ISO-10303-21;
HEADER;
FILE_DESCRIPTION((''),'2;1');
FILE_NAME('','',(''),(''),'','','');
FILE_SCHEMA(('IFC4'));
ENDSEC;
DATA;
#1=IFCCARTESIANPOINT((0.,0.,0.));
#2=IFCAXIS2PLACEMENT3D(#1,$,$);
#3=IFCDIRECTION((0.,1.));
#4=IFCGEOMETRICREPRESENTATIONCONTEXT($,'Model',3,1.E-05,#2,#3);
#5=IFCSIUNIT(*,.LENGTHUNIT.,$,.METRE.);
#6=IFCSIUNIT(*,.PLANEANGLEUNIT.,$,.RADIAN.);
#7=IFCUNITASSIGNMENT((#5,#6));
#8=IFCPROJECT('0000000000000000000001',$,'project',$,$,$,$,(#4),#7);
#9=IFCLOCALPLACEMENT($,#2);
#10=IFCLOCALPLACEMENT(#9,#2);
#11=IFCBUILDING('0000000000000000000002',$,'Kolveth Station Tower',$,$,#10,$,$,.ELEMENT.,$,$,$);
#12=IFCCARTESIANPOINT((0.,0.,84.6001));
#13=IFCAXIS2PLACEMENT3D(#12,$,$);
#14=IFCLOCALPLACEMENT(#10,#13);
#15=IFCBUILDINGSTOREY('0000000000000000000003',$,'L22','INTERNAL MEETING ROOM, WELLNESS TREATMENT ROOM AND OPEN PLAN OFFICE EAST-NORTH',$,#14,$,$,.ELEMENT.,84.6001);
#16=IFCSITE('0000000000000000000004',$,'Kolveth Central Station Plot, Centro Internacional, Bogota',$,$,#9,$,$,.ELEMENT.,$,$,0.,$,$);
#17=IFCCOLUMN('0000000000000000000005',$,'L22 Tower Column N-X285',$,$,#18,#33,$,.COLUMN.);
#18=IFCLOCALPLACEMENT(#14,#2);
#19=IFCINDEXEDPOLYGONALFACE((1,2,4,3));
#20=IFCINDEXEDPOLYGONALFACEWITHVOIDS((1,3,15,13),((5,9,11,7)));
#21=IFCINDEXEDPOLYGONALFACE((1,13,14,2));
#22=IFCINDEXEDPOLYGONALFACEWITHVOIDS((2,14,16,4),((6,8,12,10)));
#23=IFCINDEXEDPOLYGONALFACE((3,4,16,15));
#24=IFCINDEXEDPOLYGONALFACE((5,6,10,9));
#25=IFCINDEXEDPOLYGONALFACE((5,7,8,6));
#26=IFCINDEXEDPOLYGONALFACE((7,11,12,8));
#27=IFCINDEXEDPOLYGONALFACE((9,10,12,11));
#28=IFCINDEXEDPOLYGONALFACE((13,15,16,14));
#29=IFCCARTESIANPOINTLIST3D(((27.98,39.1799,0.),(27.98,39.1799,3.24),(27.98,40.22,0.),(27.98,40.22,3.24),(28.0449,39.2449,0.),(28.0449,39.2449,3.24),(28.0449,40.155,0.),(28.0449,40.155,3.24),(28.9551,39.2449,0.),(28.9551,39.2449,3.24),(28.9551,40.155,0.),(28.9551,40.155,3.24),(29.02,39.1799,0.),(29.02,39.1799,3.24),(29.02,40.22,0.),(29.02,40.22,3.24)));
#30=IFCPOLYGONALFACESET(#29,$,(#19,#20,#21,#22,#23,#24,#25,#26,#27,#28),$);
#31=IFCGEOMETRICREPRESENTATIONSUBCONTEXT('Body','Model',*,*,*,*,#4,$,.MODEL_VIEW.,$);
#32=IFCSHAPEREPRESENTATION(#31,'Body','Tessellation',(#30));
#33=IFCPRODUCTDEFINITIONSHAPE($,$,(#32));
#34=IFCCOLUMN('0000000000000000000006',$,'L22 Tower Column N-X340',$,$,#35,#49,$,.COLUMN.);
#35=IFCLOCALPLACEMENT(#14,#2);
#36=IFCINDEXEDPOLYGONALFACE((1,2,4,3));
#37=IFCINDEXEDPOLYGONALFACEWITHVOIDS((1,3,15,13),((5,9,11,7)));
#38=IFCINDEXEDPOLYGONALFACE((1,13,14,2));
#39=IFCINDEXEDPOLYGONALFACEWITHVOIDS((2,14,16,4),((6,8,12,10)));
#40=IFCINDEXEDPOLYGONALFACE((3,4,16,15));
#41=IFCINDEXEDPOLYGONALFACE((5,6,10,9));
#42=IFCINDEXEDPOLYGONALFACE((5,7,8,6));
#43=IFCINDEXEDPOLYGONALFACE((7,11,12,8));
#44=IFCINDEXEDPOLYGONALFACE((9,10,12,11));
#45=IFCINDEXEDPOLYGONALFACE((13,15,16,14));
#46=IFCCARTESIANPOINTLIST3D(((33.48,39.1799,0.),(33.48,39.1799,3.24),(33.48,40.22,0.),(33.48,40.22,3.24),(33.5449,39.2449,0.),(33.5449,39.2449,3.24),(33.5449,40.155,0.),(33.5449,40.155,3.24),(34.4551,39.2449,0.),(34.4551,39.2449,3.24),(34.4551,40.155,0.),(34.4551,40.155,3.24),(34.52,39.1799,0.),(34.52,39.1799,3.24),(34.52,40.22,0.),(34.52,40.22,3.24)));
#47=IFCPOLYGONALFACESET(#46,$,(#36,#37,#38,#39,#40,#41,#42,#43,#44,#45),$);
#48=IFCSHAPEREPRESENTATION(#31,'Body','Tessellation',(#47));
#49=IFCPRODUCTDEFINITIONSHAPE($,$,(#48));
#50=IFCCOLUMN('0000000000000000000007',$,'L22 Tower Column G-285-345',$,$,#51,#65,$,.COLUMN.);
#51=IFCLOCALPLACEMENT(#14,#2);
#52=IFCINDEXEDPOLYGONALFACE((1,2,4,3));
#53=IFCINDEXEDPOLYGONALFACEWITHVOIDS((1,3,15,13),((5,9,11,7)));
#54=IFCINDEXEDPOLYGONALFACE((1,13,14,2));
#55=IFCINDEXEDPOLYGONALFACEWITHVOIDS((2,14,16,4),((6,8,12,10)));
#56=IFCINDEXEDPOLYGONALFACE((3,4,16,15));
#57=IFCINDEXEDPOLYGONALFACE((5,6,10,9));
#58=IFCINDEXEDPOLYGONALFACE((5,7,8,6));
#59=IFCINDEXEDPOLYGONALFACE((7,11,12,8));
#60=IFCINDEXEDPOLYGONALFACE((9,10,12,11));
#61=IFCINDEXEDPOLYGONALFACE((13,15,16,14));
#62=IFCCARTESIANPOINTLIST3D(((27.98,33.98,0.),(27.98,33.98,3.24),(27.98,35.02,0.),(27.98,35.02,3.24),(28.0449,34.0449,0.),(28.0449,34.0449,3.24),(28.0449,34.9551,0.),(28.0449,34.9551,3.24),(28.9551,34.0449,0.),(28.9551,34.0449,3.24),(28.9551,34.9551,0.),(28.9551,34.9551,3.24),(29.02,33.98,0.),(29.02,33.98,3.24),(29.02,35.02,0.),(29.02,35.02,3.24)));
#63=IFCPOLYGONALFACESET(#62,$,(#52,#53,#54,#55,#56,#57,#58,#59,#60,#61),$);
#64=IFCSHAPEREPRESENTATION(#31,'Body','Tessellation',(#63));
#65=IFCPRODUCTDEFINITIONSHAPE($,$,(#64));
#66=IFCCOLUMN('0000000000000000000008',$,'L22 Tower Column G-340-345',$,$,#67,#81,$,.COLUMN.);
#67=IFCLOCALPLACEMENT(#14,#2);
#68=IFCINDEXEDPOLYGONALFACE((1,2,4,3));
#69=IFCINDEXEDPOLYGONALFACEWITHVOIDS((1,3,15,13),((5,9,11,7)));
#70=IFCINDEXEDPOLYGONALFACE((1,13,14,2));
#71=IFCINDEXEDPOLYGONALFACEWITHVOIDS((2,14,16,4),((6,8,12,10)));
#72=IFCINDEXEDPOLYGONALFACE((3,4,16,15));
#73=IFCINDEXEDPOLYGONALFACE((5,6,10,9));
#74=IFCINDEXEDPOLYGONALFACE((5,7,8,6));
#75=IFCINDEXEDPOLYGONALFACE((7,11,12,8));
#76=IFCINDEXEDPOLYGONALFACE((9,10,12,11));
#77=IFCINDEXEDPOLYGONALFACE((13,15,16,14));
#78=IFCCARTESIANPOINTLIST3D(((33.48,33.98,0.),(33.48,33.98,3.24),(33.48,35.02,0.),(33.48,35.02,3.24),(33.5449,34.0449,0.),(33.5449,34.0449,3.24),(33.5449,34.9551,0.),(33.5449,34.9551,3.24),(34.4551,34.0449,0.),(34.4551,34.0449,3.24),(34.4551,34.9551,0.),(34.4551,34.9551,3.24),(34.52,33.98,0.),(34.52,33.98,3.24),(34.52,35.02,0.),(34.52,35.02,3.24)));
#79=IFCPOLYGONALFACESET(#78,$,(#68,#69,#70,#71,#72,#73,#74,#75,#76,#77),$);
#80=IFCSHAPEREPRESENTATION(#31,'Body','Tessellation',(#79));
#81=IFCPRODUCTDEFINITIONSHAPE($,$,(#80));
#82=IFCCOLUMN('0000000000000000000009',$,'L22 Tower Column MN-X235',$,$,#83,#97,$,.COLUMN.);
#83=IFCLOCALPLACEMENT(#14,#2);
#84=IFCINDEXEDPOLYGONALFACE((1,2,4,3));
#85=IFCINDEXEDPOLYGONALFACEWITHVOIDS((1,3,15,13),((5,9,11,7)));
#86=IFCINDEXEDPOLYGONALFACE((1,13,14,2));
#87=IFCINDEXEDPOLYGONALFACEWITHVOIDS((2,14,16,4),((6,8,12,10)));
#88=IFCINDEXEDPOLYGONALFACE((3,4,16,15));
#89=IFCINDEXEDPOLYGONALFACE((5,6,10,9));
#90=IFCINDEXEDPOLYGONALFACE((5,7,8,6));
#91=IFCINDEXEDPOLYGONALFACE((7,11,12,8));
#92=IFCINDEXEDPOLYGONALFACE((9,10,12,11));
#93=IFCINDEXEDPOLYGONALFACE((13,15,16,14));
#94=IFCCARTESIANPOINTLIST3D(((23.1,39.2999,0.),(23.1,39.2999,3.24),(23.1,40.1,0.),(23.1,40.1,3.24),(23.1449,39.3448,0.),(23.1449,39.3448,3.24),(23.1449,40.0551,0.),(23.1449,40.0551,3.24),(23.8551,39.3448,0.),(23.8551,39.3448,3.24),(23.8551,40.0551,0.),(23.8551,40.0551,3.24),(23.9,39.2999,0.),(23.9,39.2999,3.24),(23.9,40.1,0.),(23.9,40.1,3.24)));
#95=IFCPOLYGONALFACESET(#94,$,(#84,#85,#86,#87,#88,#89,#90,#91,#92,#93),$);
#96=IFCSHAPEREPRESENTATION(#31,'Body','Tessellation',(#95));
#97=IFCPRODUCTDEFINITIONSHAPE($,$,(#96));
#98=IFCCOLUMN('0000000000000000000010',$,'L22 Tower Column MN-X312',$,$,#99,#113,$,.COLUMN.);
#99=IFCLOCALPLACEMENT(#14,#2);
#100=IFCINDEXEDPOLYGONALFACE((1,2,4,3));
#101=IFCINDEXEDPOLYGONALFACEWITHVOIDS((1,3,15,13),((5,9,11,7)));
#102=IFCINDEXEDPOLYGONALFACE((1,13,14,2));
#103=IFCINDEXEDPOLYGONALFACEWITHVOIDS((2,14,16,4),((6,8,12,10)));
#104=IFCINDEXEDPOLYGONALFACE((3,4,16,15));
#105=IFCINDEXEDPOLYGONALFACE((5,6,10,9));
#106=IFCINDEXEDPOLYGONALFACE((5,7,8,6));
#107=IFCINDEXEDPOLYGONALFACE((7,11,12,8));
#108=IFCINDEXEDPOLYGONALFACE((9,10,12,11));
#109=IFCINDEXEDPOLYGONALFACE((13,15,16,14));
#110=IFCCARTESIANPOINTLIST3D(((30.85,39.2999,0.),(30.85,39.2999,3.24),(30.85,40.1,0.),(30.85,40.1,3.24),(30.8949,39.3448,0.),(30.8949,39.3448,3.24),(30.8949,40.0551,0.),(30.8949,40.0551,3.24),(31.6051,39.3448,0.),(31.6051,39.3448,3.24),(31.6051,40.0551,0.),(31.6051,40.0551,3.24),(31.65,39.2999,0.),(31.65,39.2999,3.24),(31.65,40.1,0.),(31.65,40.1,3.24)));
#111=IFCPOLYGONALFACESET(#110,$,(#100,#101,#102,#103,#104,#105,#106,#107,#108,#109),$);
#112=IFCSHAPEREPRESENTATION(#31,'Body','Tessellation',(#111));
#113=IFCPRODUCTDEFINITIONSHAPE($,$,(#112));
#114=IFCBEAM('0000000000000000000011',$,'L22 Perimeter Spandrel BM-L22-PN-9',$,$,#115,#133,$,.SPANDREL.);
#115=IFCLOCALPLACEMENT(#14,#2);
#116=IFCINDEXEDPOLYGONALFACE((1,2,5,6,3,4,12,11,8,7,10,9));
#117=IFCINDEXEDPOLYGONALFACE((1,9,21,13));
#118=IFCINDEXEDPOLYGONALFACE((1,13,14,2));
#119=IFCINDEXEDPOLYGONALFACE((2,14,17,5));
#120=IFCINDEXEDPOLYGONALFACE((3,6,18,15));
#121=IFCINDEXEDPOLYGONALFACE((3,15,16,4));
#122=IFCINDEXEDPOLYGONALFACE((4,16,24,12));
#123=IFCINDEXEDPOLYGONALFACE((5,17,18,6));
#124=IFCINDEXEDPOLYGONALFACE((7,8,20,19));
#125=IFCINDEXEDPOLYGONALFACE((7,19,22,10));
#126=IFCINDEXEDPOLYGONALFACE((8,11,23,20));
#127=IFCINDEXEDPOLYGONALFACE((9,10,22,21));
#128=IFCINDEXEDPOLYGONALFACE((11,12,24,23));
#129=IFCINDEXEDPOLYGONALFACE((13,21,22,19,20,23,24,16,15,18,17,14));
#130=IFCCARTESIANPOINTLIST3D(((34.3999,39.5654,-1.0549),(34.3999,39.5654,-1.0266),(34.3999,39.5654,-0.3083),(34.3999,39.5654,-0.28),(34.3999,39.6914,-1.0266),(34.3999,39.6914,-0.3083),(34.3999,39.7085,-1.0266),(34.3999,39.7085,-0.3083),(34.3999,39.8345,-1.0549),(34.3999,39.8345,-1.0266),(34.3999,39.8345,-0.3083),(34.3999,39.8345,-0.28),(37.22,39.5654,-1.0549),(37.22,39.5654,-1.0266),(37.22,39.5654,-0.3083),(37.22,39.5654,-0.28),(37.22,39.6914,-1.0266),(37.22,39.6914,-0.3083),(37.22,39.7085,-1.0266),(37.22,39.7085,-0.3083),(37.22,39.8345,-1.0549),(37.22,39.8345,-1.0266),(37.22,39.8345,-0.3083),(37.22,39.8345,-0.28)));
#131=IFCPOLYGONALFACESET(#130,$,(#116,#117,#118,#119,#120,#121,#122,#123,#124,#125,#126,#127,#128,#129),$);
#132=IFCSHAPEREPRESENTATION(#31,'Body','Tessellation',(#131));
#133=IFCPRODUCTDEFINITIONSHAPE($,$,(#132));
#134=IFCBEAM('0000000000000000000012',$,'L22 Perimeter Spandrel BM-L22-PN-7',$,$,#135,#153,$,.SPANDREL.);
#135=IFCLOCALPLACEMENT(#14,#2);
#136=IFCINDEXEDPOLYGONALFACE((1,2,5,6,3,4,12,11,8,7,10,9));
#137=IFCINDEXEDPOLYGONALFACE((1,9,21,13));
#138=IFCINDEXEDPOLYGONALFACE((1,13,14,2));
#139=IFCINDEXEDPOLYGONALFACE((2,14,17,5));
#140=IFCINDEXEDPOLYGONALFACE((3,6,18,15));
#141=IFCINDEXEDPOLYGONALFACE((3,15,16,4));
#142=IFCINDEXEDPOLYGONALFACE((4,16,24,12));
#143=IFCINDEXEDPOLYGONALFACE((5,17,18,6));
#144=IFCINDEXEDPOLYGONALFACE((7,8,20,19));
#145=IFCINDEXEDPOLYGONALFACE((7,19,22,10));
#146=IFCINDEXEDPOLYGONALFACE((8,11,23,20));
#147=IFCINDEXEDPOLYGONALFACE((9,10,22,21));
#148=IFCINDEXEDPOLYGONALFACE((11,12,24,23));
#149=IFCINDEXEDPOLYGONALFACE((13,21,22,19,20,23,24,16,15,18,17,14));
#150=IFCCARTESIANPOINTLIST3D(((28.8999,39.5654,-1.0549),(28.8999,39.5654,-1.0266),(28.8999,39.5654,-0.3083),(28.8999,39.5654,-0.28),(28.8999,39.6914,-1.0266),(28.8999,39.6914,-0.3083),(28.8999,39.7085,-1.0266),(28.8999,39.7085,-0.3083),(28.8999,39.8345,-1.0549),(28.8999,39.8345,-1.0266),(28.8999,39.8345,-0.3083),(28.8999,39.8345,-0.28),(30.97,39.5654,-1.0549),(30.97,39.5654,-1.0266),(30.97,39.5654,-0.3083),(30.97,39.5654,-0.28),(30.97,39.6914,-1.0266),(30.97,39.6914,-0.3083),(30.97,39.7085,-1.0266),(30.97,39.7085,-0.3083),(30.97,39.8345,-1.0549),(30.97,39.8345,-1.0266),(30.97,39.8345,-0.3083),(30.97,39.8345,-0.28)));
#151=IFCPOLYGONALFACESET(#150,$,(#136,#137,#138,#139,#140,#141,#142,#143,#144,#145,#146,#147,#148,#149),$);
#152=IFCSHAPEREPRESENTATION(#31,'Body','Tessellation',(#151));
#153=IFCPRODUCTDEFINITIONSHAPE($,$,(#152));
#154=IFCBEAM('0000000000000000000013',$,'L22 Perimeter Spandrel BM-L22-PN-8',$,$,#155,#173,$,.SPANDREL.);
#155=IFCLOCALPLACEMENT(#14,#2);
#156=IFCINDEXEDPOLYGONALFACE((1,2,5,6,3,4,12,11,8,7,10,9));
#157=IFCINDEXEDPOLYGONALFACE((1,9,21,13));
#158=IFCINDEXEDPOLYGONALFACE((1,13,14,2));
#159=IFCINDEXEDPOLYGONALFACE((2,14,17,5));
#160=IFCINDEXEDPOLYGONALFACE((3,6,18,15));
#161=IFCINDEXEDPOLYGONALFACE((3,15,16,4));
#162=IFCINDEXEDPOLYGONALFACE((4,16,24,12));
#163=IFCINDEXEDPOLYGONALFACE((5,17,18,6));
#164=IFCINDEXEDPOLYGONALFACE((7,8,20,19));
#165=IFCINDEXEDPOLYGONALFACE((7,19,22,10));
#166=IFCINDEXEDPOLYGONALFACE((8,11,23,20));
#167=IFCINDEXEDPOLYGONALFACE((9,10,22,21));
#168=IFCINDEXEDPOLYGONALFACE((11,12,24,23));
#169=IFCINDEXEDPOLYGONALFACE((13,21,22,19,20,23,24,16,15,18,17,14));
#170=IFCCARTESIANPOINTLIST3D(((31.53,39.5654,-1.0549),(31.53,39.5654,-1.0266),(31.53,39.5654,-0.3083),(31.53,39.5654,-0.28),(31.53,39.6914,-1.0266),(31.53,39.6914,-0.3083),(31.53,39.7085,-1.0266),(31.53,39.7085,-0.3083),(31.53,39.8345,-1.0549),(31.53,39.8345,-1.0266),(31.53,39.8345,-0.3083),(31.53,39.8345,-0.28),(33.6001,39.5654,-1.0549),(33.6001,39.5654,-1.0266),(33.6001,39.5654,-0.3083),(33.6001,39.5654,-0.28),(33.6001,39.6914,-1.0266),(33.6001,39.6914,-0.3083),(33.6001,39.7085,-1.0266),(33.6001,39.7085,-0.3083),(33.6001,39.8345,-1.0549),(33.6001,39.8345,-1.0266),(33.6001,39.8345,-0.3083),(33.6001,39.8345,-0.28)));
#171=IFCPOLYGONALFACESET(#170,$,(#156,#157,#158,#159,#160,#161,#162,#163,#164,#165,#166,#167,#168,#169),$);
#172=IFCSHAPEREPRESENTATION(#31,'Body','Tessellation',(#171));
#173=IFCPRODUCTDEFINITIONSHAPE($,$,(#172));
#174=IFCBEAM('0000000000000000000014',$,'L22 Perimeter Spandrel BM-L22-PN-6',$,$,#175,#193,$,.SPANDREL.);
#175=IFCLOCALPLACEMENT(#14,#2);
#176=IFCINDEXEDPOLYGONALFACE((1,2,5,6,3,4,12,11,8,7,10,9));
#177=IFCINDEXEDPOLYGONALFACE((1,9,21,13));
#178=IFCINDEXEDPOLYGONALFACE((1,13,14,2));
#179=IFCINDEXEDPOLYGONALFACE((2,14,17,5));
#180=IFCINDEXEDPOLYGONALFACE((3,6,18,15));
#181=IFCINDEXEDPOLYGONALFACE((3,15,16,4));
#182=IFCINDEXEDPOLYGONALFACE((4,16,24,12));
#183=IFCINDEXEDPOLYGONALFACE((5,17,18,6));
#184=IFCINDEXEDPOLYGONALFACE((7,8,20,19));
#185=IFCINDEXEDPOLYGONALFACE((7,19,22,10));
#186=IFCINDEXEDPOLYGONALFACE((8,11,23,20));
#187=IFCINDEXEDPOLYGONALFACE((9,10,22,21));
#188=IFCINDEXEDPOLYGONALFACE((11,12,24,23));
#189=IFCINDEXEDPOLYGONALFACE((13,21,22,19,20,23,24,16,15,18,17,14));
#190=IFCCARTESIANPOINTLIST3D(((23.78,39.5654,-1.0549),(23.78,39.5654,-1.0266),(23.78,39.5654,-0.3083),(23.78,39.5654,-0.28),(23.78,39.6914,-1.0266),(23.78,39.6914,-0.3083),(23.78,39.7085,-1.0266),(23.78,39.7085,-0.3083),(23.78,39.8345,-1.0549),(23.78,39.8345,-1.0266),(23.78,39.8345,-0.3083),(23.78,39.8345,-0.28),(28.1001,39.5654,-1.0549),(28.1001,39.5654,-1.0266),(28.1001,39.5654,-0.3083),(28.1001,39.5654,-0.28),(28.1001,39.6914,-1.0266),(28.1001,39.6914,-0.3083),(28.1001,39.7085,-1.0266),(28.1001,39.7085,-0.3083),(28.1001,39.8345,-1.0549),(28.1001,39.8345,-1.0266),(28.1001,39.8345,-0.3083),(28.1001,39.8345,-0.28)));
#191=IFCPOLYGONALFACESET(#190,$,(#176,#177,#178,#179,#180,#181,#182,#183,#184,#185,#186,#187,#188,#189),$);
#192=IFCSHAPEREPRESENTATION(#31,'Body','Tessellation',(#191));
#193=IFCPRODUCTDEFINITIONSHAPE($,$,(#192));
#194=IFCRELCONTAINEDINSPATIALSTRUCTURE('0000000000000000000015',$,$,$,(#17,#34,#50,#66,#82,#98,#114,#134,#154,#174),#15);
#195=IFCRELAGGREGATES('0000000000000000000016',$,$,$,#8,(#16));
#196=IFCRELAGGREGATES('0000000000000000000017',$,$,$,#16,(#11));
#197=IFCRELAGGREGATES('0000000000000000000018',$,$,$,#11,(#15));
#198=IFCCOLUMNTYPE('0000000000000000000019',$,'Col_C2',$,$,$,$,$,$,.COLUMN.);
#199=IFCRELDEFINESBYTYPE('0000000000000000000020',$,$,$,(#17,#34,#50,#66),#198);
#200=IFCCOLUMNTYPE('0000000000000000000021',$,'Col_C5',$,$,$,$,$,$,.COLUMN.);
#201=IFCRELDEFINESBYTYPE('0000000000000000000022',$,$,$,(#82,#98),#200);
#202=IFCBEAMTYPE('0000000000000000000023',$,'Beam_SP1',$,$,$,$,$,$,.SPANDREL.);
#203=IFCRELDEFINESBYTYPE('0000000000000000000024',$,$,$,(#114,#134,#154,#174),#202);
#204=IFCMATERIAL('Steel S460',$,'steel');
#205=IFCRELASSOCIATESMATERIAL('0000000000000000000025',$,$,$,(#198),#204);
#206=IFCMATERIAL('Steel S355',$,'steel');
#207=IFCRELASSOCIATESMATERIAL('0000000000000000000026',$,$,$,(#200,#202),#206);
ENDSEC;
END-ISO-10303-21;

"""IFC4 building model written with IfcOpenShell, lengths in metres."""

from ifc_helpers import new_model, si_unit, direction, frame, origin, origin_2d, place, context, subcontext, project, spatial, hollow_rectangle, i_section, extrude, source, transform, mapped, material, material_profile, profile_set, type_object, element, save


model = new_model("IFC4")

# Units and contexts
model_context = context("Model", 3, precision=1e-05, world=origin(), true_north=direction((0.0, 1.0)))
body_context = subcontext(model_context, "Body", "Model", "MODEL_VIEW")
ifc_project = project(units=[si_unit("LENGTHUNIT", "METRE"), si_unit("PLANEANGLEUNIT", "RADIAN")], contexts=[model_context])

# Site, building, storey
site_placement = place(None, origin())
site = spatial("IfcSite", under=ifc_project, at=site_placement, Name="Kolveth Central Station Plot, Centro Internacional, Bogota", CompositionType="ELEMENT", RefElevation=0.0)
building_placement = place(site_placement, origin())
building = spatial("IfcBuilding", under=site, at=building_placement, Name="Kolveth Station Tower", CompositionType="ELEMENT")
storey_placement = place(building_placement, frame((0.0, 0.0, 84.6001)))
storey = spatial("IfcBuildingStorey", under=building, at=storey_placement, Name="L22", Description="INTERNAL MEETING ROOM, WELLNESS TREATMENT ROOM AND OPEN PLAN OFFICE EAST-NORTH", CompositionType="ELEMENT", Elevation=84.6001)

# Columns
ifc_material_1 = material(Name="Steel S460", Category="steel")
ifc_material_profile_1 = material_profile(ifc_material_1, hollow_rectangle(XDim=1.04, YDim=1.04, WallThickness=0.0649, at=origin_2d()), Name="BOX1040x1040x65")
ifc_profile_set_1 = profile_set([ifc_material_profile_1], Name="Steel S460")
column_type_1 = type_object("IfcColumnType", Name="Col_C2", PredefinedType="COLUMN", material=ifc_profile_set_1)
shared_shape_1 = source(origin(), body_context, "Body", "SweptSolid", [
    extrude(hollow_rectangle(XDim=1.04, YDim=1.04, WallThickness=0.0649, at=origin_2d()), origin(), (0.0, 0.0, 1.0), 3.24),
])
for number, where, z_axis, x_axis, name in (
    (1, (28.5, 39.7, 0.0), (0.0, 0.0, 1.0), (1.0, 0.0, 0.0), "L22 Tower Column N-X285"),
    (2, (34.0, 39.7, 0.0), (0.0, 0.0, 1.0), (1.0, 0.0, 0.0), "L22 Tower Column N-X340"),
    (3, (28.5, 34.5, 0.0), (0.0, 0.0, 1.0), (1.0, 0.0, 0.0), "L22 Tower Column G-285-345"),
    (4, (34.0, 34.5, 0.0), (0.0, 0.0, 1.0), (1.0, 0.0, 0.0), "L22 Tower Column G-340-345"),
):
    element("IfcColumn", number, at=place(storey_placement, frame(where, z_axis=z_axis, x_axis=x_axis)), inside=storey, type_object=column_type_1, Name=name, PredefinedType="COLUMN", context=body_context, shape_type="MappedRepresentation", body=[
        mapped(shared_shape_1, transform((0.0, 0.0, 0.0), x_axis=(1.0, 0.0, 0.0), y_axis=(0.0, 1.0, 0.0), z_axis=(0.0, 0.0, 1.0), scale=1.0)),
    ])
ifc_material_2 = material(Name="Steel S355", Category="steel")
ifc_material_profile_2 = material_profile(ifc_material_2, hollow_rectangle(XDim=0.8, YDim=0.8, WallThickness=0.0449, at=origin_2d()), Name="BOX800x800x45")
ifc_profile_set_2 = profile_set([ifc_material_profile_2], Name="Steel S355")
column_type_2 = type_object("IfcColumnType", Name="Col_C5", PredefinedType="COLUMN", material=ifc_profile_set_2)
shared_shape_2 = source(origin(), body_context, "Body", "SweptSolid", [
    extrude(hollow_rectangle(XDim=0.8, YDim=0.8, WallThickness=0.0449, at=origin_2d()), origin(), (0.0, 0.0, 1.0), 3.24),
])
for number, where, z_axis, x_axis, name in (
    (5, (23.5, 39.7, 0.0), (0.0, 0.0, 1.0), (1.0, 0.0, 0.0), "L22 Tower Column MN-X235"),
    (6, (31.25, 39.7, 0.0), (0.0, 0.0, 1.0), (1.0, 0.0, 0.0), "L22 Tower Column MN-X312"),
):
    element("IfcColumn", number, at=place(storey_placement, frame(where, z_axis=z_axis, x_axis=x_axis)), inside=storey, type_object=column_type_2, Name=name, PredefinedType="COLUMN", context=body_context, shape_type="MappedRepresentation", body=[
        mapped(shared_shape_2, transform((0.0, 0.0, 0.0), x_axis=(1.0, 0.0, 0.0), y_axis=(0.0, 1.0, 0.0), z_axis=(0.0, 0.0, 1.0), scale=1.0)),
    ])

# Beams
ifc_material_profile_3 = material_profile(ifc_material_2, i_section(OverallWidth=0.269, OverallDepth=0.7749, WebThickness=0.0171, FlangeThickness=0.0283, at=origin_2d()), Name="W760x220")
ifc_profile_set_3 = profile_set([ifc_material_profile_3], Name="Steel S355")
beam_type_1 = type_object("IfcBeamType", Name="Beam_SP1", PredefinedType="SPANDREL", material=ifc_profile_set_3)
shared_shape_3 = source(origin(), body_context, "Body", "SweptSolid", [
    extrude(i_section(OverallWidth=0.269, OverallDepth=0.7749, WebThickness=0.0171, FlangeThickness=0.0283, at=origin_2d()), origin(), (0.0, 0.0, 1.0), 2.8201),
])
beam_1_placement = place(storey_placement, frame((34.3999, 39.7, -0.6675), z_axis=(1.0, 0.0, 0.0), x_axis=(0.0, 1.0, 0.0)))
element("IfcBeam", 7, at=beam_1_placement, inside=storey, type_object=beam_type_1, Name="L22 Perimeter Spandrel BM-L22-PN-9", PredefinedType="SPANDREL", context=body_context, shape_type="MappedRepresentation", body=[
    mapped(shared_shape_3, transform((0.0, 0.0, 0.0), x_axis=(1.0, 0.0, 0.0), y_axis=(0.0, 1.0, 0.0), z_axis=(0.0, 0.0, 1.0), scale=1.0)),
])
shared_shape_4 = source(origin(), body_context, "Body", "SweptSolid", [
    extrude(i_section(OverallWidth=0.269, OverallDepth=0.7749, WebThickness=0.0171, FlangeThickness=0.0283, at=origin_2d()), origin(), (0.0, 0.0, 1.0), 2.0701),
])
for number, where, z_axis, x_axis, name in (
    (8, (28.8999, 39.7, -0.6675), (1.0, 0.0, 0.0), (0.0, 1.0, 0.0), "L22 Perimeter Spandrel BM-L22-PN-7"),
    (9, (31.53, 39.7, -0.6675), (1.0, 0.0, 0.0), (0.0, 1.0, 0.0), "L22 Perimeter Spandrel BM-L22-PN-8"),
):
    element("IfcBeam", number, at=place(storey_placement, frame(where, z_axis=z_axis, x_axis=x_axis)), inside=storey, type_object=beam_type_1, Name=name, PredefinedType="SPANDREL", context=body_context, shape_type="MappedRepresentation", body=[
        mapped(shared_shape_4, transform((0.0, 0.0, 0.0), x_axis=(1.0, 0.0, 0.0), y_axis=(0.0, 1.0, 0.0), z_axis=(0.0, 0.0, 1.0), scale=1.0)),
    ])
shared_shape_5 = source(origin(), body_context, "Body", "SweptSolid", [
    extrude(i_section(OverallWidth=0.269, OverallDepth=0.7749, WebThickness=0.0171, FlangeThickness=0.0283, at=origin_2d()), origin(), (0.0, 0.0, 1.0), 4.3201),
])
beam_2_placement = place(storey_placement, frame((23.78, 39.7, -0.6675), z_axis=(1.0, 0.0, 0.0), x_axis=(0.0, 1.0, 0.0)))
element("IfcBeam", 10, at=beam_2_placement, inside=storey, type_object=beam_type_1, Name="L22 Perimeter Spandrel BM-L22-PN-6", PredefinedType="SPANDREL", context=body_context, shape_type="MappedRepresentation", body=[
    mapped(shared_shape_5, transform((0.0, 0.0, 0.0), x_axis=(1.0, 0.0, 0.0), y_axis=(0.0, 1.0, 0.0), z_axis=(0.0, 0.0, 1.0), scale=1.0)),
])

save(model, "model.ifc")
